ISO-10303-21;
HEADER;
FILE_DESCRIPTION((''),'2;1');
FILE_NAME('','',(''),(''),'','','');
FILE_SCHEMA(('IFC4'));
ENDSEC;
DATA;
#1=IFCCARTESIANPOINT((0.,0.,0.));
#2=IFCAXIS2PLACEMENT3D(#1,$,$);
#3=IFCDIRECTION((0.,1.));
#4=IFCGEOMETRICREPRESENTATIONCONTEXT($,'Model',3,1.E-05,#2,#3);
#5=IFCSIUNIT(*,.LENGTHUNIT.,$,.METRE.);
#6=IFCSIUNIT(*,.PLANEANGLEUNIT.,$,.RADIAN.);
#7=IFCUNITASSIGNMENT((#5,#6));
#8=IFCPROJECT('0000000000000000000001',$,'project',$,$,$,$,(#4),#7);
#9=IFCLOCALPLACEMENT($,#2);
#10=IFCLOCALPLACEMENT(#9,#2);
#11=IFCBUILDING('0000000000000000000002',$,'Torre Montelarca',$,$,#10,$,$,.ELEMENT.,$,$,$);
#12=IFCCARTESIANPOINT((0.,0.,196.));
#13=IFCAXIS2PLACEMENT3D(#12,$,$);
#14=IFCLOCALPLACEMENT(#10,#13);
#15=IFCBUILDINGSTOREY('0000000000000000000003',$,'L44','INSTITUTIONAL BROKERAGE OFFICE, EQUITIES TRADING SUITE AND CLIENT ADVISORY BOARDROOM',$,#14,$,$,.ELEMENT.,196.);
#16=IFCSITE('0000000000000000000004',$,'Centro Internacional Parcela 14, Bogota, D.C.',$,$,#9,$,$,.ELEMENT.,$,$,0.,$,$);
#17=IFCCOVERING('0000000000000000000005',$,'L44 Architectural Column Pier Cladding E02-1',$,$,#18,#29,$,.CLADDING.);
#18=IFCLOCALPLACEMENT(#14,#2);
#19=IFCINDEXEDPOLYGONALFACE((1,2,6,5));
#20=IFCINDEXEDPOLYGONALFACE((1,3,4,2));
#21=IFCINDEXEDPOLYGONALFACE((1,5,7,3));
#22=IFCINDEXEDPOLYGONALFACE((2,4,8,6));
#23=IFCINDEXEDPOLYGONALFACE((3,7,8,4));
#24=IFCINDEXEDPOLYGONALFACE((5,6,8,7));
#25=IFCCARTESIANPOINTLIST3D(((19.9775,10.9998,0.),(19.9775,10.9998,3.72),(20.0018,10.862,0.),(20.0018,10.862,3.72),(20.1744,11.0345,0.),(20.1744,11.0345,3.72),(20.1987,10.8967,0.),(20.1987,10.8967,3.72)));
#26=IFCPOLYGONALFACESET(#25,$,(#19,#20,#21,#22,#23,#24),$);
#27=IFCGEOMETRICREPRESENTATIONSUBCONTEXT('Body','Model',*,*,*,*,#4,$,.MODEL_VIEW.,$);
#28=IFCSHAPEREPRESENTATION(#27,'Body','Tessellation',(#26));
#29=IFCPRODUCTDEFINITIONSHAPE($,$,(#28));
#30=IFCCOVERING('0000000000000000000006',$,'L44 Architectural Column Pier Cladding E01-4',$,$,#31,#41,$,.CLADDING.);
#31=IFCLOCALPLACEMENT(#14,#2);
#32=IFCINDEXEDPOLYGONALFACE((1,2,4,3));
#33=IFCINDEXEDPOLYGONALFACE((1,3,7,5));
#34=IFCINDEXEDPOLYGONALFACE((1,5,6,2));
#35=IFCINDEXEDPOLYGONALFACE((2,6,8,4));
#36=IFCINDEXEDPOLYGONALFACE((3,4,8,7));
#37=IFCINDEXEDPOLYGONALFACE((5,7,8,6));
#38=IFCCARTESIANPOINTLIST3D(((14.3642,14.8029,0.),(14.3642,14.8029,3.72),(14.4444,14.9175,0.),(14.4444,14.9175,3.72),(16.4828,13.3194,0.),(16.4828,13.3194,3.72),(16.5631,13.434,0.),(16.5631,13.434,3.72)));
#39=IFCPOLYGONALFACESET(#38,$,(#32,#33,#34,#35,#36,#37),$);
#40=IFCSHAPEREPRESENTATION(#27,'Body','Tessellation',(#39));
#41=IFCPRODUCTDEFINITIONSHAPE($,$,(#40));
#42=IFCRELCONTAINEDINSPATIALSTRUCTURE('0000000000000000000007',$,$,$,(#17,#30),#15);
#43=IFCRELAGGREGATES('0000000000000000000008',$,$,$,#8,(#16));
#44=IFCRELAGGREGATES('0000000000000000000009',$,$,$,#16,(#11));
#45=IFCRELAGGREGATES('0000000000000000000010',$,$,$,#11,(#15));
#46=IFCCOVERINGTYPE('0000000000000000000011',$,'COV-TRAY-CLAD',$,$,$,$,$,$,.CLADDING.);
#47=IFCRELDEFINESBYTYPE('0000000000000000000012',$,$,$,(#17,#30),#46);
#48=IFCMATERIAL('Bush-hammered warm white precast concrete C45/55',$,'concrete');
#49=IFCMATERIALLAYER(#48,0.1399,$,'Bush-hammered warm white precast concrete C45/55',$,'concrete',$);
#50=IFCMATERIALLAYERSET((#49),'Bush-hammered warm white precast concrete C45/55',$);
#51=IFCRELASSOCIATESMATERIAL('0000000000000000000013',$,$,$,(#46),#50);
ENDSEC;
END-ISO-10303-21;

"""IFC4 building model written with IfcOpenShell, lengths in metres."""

from ifc_helpers import new_model, si_unit, direction, frame, origin, origin_2d, place, context, subcontext, project, spatial, rectangle, extrude, source, transform, mapped, material, layer, layer_set, type_object, element, save


model = new_model("IFC4")

# Units and contexts
model_context = context("Model", 3, precision=1e-05, world=origin(), true_north=direction((0.0, 1.0)))
body_context = subcontext(model_context, "Body", "Model", "MODEL_VIEW")
ifc_project = project(units=[si_unit("LENGTHUNIT", "METRE"), si_unit("PLANEANGLEUNIT", "RADIAN")], contexts=[model_context])

# Site, building, storey
site_placement = place(None, origin())
site = spatial("IfcSite", under=ifc_project, at=site_placement, Name="Centro Internacional Parcela 14, Bogota, D.C.", CompositionType="ELEMENT", RefElevation=0.0)
building_placement = place(site_placement, origin())
building = spatial("IfcBuilding", under=site, at=building_placement, Name="Torre Montelarca", CompositionType="ELEMENT")
storey_placement = place(building_placement, frame((0.0, 0.0, 196.0)))
storey = spatial("IfcBuildingStorey", under=building, at=storey_placement, Name="L44", Description="INSTITUTIONAL BROKERAGE OFFICE, EQUITIES TRADING SUITE AND CLIENT ADVISORY BOARDROOM", CompositionType="ELEMENT", Elevation=196.0)

# Coverings
ifc_material_1 = material(Name="Bush-hammered warm white precast concrete C45/55", Category="concrete")
ifc_layer_1 = layer(ifc_material_1, 0.1399, Name="Bush-hammered warm white precast concrete C45/55", Category="concrete")
ifc_layer_set_1 = layer_set([ifc_layer_1], Name="Bush-hammered warm white precast concrete C45/55")
covering_type = type_object("IfcCoveringType", Name="COV-TRAY-CLAD", PredefinedType="CLADDING", material=ifc_layer_set_1)
shared_shape_1 = source(origin(), body_context, "Body", "SweptSolid", [
    extrude(rectangle(XDim=0.2, YDim=0.1399, at=origin_2d()), origin(), (0.0, 0.0, 1.0), 3.72),
])
for number, where, z_axis, x_axis, name in (
    (1, (20.0881, 10.9482, 0.0), (0.0, 0.0, 1.0), (0.984808, 0.173645, 0.0), "L44 Architectural Column Pier Cladding E02-1"),
):
    element("IfcCovering", number, at=place(storey_placement, frame(where, z_axis=z_axis, x_axis=x_axis)), inside=storey, type_object=covering_type, Name=name, PredefinedType="CLADDING", context=body_context, shape_type="MappedRepresentation", body=[
        mapped(shared_shape_1, transform((0.0, 0.0, 0.0), scale=1.0)),
    ])
shared_shape_2 = source(origin(), body_context, "Body", "SweptSolid", [
    extrude(rectangle(XDim=2.5864, YDim=0.1399, at=origin_2d()), origin(), (0.0, 0.0, 1.0), 3.72),
])
covering_1_placement = place(storey_placement, frame((15.4636, 14.1184, 0.0), z_axis=(0.0, 0.0, 1.0), x_axis=(0.819154, -0.573574, 0.0)))
element("IfcCovering", 2, at=covering_1_placement, inside=storey, type_object=covering_type, Name="L44 Architectural Column Pier Cladding E01-4", PredefinedType="CLADDING", context=body_context, shape_type="MappedRepresentation", body=[
    mapped(shared_shape_2, transform((0.0, 0.0, 0.0), scale=1.0)),
])

save(model, "model.ifc")
